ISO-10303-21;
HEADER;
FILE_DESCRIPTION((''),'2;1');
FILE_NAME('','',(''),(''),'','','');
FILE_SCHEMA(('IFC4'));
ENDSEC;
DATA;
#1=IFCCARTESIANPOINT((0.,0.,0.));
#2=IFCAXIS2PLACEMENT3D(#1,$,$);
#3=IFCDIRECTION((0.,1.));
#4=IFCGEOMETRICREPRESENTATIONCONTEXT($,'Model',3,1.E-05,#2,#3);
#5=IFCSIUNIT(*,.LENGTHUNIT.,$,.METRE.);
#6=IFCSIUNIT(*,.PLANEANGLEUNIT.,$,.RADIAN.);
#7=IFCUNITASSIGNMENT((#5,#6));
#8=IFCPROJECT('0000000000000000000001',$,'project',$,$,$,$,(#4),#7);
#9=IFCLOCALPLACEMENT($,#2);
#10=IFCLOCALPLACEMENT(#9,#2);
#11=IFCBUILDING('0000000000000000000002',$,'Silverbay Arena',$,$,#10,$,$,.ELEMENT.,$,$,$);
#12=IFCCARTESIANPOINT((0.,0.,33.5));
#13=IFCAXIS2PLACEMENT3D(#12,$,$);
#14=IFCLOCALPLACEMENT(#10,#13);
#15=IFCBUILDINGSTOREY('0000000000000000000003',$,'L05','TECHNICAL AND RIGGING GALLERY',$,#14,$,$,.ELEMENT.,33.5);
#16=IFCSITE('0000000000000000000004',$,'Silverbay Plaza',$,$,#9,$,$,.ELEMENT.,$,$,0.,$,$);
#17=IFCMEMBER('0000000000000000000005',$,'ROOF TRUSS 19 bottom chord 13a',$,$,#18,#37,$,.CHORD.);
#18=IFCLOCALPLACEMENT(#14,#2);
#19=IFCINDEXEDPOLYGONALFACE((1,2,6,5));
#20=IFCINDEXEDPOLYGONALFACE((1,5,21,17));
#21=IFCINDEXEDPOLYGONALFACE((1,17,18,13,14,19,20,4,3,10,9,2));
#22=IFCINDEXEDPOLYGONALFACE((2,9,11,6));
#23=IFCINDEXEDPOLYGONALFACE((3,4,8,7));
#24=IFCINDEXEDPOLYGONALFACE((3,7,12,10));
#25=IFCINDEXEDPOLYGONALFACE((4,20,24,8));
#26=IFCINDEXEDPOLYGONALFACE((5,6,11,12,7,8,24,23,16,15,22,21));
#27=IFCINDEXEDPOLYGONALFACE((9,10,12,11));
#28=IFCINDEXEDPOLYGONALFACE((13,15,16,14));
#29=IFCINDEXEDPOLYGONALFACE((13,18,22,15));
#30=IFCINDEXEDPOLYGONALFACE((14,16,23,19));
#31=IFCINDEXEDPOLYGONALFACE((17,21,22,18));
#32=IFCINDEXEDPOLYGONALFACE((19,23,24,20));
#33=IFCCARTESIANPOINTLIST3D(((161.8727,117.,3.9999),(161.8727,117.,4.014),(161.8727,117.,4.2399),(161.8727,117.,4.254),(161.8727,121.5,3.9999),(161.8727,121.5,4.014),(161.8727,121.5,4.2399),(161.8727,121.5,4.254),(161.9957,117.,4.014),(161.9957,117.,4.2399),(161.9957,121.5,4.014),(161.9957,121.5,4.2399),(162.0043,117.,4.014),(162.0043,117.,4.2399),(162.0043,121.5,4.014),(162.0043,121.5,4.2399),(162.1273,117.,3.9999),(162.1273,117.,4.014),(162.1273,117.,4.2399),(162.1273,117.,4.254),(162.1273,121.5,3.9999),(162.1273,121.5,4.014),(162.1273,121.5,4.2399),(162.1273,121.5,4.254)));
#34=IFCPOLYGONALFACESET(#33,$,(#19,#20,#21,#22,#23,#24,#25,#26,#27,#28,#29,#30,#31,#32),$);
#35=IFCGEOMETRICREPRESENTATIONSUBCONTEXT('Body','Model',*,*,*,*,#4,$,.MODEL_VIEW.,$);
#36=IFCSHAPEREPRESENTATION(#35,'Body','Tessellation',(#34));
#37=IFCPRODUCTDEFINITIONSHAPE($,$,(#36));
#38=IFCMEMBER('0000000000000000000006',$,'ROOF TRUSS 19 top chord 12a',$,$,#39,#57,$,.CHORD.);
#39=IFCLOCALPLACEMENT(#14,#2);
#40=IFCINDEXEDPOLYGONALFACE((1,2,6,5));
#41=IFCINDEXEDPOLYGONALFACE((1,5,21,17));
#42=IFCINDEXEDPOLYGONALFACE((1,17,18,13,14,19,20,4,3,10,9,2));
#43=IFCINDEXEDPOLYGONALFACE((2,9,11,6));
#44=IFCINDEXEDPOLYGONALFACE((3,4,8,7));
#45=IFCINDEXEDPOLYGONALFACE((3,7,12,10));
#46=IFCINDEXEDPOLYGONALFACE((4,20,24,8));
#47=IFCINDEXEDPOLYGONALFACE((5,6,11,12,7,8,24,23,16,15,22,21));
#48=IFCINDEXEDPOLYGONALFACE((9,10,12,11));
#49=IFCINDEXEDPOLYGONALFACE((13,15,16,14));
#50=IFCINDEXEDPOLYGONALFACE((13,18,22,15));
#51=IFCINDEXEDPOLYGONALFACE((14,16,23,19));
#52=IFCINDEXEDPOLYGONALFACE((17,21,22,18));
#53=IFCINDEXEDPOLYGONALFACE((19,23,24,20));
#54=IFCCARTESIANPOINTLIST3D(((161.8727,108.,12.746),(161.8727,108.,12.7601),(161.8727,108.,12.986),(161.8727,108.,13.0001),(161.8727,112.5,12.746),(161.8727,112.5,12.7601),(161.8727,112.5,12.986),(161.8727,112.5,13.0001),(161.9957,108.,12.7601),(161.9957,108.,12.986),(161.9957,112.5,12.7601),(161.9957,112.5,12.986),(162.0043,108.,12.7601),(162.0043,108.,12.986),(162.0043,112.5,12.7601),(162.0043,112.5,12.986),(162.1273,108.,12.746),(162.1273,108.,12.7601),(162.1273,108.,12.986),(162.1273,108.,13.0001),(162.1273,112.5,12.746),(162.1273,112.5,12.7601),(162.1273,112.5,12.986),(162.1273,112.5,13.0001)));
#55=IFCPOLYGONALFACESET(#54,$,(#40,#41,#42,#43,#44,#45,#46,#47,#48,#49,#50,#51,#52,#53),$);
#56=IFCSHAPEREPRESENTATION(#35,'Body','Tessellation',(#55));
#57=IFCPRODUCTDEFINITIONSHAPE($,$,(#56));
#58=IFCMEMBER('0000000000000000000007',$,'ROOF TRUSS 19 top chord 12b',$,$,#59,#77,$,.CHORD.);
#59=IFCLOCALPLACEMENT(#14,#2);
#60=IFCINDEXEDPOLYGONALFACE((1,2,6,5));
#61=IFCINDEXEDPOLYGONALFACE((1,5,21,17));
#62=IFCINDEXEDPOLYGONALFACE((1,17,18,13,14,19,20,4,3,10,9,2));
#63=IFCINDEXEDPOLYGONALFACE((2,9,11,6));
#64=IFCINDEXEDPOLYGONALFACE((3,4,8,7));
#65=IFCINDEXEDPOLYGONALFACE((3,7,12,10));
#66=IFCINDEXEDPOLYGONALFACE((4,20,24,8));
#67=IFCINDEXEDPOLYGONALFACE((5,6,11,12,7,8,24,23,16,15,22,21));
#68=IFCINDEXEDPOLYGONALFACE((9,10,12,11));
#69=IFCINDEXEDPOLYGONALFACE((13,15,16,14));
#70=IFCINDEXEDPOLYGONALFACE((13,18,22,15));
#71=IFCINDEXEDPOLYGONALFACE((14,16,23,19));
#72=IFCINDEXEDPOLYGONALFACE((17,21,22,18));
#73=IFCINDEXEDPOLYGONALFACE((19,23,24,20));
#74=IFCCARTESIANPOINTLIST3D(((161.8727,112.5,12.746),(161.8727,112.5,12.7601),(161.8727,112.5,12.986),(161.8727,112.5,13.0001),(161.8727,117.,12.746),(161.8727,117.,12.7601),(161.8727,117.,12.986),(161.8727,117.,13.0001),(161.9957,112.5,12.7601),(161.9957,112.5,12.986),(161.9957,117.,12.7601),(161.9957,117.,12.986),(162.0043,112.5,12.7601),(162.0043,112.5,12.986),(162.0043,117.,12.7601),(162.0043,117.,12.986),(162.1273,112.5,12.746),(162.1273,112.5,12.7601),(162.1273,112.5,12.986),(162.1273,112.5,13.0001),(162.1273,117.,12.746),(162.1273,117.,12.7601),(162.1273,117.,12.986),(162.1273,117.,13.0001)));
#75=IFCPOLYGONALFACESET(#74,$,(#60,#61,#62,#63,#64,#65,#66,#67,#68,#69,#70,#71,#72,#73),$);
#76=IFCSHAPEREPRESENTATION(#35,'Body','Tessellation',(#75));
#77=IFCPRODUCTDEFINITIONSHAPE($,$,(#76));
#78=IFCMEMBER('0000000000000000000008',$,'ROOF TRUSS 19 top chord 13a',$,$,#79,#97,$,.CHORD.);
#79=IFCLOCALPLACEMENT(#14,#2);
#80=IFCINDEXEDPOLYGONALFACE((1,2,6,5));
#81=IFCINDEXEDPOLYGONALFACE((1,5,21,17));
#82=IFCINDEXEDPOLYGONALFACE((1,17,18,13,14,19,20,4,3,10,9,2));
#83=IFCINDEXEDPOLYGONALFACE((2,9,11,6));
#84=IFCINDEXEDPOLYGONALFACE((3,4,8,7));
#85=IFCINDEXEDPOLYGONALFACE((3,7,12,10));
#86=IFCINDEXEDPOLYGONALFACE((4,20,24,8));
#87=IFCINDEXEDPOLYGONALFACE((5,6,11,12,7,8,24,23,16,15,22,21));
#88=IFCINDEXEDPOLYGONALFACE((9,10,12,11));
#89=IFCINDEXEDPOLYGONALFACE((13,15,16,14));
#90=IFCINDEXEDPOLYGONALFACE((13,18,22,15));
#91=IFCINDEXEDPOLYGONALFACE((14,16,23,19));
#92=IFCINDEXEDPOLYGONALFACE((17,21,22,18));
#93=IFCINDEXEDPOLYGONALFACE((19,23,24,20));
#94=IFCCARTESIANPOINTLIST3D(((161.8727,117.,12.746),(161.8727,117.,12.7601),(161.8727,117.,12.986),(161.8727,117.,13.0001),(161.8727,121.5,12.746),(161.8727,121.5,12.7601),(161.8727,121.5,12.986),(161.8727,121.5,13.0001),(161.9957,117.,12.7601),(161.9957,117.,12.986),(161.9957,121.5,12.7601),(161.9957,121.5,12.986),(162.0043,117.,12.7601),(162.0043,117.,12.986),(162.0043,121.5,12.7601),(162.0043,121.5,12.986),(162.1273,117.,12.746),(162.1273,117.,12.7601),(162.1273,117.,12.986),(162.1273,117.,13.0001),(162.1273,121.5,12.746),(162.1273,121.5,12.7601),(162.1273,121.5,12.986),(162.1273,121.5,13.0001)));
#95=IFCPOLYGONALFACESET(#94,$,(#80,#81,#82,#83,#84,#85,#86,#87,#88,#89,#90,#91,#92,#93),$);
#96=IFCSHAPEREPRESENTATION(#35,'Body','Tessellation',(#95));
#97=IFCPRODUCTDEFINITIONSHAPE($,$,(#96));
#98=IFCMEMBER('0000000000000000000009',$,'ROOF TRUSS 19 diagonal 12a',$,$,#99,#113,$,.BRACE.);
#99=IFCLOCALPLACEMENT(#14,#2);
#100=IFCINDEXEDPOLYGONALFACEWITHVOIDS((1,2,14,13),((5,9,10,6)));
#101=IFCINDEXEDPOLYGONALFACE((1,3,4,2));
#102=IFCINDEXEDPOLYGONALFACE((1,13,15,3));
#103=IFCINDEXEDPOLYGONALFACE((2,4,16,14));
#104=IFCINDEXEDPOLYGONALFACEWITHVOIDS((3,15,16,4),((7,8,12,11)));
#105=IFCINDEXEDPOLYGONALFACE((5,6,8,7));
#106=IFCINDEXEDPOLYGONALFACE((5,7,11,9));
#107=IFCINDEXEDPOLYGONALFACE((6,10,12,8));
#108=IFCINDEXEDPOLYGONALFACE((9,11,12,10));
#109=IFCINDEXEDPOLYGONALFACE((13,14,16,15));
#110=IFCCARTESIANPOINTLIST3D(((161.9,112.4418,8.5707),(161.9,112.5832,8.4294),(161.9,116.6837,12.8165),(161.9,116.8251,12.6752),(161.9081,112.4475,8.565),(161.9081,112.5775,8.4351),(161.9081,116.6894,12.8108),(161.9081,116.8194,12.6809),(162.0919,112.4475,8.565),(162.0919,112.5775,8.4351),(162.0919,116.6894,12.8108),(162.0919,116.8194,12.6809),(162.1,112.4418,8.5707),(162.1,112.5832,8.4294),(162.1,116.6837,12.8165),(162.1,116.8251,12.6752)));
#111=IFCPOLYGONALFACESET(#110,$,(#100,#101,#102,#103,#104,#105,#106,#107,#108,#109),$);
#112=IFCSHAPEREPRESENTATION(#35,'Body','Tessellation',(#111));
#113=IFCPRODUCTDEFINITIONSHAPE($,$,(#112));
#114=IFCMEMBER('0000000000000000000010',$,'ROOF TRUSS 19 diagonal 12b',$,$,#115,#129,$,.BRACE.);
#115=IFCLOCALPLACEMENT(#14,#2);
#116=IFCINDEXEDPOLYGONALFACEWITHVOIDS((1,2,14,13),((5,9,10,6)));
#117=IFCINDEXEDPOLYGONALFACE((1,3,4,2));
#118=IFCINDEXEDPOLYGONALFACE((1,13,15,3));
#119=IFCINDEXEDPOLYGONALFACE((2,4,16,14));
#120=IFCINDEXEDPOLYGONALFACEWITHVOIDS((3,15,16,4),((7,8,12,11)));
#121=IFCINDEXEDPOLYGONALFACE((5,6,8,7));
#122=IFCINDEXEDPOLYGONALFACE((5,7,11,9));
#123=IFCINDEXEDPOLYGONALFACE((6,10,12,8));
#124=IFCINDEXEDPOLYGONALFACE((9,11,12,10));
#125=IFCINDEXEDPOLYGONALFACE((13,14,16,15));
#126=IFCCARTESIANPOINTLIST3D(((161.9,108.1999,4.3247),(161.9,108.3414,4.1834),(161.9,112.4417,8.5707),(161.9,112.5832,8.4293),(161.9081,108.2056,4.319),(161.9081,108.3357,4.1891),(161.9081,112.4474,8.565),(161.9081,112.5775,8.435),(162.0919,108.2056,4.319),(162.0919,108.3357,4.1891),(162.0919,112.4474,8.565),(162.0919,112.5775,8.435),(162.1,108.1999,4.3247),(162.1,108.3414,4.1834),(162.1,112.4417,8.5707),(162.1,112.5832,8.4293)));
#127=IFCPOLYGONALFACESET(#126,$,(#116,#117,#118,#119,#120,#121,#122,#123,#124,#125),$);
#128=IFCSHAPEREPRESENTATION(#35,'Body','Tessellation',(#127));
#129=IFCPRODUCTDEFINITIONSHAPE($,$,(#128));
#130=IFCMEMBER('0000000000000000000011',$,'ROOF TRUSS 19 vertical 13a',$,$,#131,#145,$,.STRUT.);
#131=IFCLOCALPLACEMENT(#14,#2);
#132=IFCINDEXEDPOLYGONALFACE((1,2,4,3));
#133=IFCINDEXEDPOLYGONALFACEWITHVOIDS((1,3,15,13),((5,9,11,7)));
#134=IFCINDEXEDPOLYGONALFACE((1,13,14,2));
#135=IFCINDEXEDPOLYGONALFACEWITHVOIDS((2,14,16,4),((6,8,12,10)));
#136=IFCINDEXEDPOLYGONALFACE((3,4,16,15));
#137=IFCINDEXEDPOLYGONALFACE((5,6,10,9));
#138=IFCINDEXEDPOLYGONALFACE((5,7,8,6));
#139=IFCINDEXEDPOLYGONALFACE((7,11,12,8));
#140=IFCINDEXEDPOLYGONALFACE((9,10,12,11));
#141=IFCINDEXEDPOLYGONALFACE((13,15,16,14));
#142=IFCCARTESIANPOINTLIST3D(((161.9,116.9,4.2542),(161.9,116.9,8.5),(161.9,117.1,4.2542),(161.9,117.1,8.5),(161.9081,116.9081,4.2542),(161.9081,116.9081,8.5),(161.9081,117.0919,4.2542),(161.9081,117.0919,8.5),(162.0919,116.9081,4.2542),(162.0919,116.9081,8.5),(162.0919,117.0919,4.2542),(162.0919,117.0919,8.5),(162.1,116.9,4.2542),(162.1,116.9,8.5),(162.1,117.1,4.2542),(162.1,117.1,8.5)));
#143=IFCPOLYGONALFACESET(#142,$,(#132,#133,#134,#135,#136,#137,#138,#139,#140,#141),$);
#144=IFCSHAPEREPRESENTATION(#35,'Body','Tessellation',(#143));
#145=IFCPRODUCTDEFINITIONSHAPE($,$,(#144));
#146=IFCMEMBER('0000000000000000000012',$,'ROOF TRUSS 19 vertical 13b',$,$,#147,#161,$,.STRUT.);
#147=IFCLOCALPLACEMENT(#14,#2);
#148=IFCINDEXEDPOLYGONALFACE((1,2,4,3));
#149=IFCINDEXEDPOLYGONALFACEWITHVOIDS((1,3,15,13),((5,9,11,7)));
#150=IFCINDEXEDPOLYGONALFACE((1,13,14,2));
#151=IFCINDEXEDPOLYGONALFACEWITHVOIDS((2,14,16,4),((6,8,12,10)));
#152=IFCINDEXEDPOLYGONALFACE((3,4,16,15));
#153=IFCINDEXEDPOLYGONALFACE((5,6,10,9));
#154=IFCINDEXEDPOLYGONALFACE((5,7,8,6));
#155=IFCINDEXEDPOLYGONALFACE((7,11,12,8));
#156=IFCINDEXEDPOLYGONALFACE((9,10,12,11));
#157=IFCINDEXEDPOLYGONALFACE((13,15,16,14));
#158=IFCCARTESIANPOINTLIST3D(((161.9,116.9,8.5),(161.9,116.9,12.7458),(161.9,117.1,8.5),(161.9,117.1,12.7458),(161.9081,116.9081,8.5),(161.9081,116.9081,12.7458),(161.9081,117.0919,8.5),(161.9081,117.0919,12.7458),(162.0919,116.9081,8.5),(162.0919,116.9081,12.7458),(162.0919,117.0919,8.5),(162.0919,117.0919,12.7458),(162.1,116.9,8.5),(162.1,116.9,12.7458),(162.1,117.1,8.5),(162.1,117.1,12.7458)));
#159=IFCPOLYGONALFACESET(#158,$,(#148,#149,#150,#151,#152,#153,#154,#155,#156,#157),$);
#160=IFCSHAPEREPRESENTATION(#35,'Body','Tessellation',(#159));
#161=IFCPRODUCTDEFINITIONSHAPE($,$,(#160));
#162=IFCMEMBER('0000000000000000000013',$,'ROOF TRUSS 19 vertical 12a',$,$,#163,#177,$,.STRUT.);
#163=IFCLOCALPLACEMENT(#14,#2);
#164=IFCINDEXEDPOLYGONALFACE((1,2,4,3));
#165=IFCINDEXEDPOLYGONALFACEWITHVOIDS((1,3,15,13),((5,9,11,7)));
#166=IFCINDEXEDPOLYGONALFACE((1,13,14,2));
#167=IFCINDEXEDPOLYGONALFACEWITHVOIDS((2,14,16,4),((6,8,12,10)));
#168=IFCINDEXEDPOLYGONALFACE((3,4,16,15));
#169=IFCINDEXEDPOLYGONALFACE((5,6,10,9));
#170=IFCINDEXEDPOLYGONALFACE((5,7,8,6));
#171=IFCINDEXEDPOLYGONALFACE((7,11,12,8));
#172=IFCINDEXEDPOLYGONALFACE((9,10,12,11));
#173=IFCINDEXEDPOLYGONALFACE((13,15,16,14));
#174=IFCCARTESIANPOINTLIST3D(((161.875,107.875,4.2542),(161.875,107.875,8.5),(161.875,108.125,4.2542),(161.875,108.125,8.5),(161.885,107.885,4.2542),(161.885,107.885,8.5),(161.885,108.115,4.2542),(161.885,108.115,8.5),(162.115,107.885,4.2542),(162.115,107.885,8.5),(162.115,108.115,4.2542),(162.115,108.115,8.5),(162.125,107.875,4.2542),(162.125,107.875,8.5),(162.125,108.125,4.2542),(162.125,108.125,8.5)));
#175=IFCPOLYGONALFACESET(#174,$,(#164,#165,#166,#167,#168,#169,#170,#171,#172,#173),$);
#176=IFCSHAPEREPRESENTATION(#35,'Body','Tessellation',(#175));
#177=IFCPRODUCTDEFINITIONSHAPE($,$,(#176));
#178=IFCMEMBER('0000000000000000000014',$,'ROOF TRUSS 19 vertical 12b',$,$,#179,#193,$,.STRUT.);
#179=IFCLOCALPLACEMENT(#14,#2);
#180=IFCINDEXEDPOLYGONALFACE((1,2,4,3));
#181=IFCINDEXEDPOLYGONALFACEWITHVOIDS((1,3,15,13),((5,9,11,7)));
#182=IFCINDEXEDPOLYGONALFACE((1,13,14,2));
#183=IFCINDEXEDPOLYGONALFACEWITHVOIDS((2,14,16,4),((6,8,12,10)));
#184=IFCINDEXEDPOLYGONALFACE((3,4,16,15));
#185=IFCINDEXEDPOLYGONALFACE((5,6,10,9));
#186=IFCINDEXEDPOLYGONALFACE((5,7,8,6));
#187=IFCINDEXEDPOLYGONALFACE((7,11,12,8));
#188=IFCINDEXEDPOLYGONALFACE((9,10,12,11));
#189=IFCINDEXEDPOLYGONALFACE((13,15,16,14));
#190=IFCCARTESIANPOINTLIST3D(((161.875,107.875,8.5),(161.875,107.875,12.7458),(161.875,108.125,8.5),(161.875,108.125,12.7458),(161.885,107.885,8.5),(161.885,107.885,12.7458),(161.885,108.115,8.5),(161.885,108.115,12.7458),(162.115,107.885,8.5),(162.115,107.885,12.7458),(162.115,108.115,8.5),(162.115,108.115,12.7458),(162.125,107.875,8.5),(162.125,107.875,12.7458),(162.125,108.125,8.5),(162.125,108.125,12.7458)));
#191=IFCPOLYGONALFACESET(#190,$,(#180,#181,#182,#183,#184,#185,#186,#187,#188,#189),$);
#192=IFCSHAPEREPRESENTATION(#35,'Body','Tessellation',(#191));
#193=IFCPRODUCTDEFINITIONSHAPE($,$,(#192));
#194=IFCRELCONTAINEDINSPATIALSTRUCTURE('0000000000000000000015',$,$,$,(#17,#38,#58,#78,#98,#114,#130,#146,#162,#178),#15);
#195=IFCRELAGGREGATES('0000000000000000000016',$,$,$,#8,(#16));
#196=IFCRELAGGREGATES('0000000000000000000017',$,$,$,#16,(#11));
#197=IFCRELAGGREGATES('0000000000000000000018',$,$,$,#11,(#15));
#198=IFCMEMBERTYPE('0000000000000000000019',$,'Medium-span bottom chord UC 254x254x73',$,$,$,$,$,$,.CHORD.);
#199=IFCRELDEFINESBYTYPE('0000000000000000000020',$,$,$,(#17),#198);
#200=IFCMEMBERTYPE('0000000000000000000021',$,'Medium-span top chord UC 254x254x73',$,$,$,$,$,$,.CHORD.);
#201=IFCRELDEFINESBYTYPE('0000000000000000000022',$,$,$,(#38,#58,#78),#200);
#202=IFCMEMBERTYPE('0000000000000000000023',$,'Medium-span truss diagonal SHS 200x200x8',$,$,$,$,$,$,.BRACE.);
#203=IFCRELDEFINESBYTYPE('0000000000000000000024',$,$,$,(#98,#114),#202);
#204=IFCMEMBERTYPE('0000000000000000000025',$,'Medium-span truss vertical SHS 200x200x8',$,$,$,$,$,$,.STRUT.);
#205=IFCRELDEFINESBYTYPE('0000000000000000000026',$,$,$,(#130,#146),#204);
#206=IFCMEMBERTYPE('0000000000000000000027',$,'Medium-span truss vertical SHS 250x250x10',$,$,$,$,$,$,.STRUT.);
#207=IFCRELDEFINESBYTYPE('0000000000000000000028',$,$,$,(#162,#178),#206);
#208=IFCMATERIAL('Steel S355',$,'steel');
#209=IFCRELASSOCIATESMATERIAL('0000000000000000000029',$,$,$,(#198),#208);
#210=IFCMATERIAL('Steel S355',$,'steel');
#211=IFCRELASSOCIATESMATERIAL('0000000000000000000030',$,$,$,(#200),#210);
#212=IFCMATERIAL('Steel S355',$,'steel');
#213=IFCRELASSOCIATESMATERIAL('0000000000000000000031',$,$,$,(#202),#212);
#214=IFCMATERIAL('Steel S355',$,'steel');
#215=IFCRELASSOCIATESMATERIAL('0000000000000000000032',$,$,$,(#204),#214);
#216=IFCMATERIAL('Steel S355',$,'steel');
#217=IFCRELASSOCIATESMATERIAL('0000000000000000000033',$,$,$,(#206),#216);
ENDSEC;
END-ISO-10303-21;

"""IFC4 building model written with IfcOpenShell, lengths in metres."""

from ifc_helpers import new_model, si_unit, direction, frame, origin, origin_2d, place, context, subcontext, project, spatial, hollow_rectangle, i_section, extrude, material, material_profile, profile_set, type_object, element, save


model = new_model("IFC4")

# Units and contexts
model_context = context("Model", 3, precision=1e-05, world=origin(), true_north=direction((0.0, 1.0)))
body_context = subcontext(model_context, "Body", "Model", "MODEL_VIEW")
ifc_project = project(units=[si_unit("LENGTHUNIT", "METRE"), si_unit("PLANEANGLEUNIT", "RADIAN")], contexts=[model_context])

# Site, building, storey
site_placement = place(None, origin())
site = spatial("IfcSite", under=ifc_project, at=site_placement, Name="Silverbay Plaza", CompositionType="ELEMENT", RefElevation=0.0)
building_placement = place(site_placement, origin())
building = spatial("IfcBuilding", under=site, at=building_placement, Name="Silverbay Arena", CompositionType="ELEMENT")
storey_placement = place(building_placement, frame((0.0, 0.0, 33.5)))
storey = spatial("IfcBuildingStorey", under=building, at=storey_placement, Name="L05", Description="TECHNICAL AND RIGGING GALLERY", CompositionType="ELEMENT", Elevation=33.5)

# Members
ifc_material_1 = material(Name="Steel S355", Category="steel")
ifc_material_profile_1 = material_profile(ifc_material_1, i_section(OverallWidth=0.2546, OverallDepth=0.2542, WebThickness=0.0085, FlangeThickness=0.0142, at=origin_2d()), Name="UC 254x254x73")
ifc_profile_set_1 = profile_set([ifc_material_profile_1], Name="Steel S355")
member_type_1 = type_object("IfcMemberType", Name="Medium-span bottom chord UC 254x254x73", PredefinedType="CHORD", material=ifc_profile_set_1)
for number, where, z_axis, x_axis, name in (
    (1, (162.0, 117.0, 4.127), (0.0, 1.0, 0.0), (-1.0, 0.0, 0.0), "ROOF TRUSS 19 bottom chord 13a"),
):
    element("IfcMember", number, at=place(storey_placement, frame(where, z_axis=z_axis, x_axis=x_axis)), inside=storey, type_object=member_type_1, Name=name, PredefinedType="CHORD", context=body_context, shape_type="SweptSolid", body=[
        extrude(i_section(OverallWidth=0.2546, OverallDepth=0.2542, WebThickness=0.0085, FlangeThickness=0.0142, at=origin_2d()), origin(), (0.0, 0.0, 1.0), 4.5),
    ])
ifc_material_2 = material(Name="Steel S355", Category="steel")
ifc_material_profile_2 = material_profile(ifc_material_2, i_section(OverallWidth=0.2546, OverallDepth=0.2542, WebThickness=0.0085, FlangeThickness=0.0142, at=origin_2d()), Name="UC 254x254x73")
ifc_profile_set_2 = profile_set([ifc_material_profile_2], Name="Steel S355")
member_type_2 = type_object("IfcMemberType", Name="Medium-span top chord UC 254x254x73", PredefinedType="CHORD", material=ifc_profile_set_2)
for number, where, z_axis, x_axis, name in (
    (2, (162.0, 108.0, 12.873), (0.0, 1.0, 0.0), (-1.0, 0.0, 0.0), "ROOF TRUSS 19 top chord 12a"),
    (3, (162.0, 112.5, 12.873), (0.0, 1.0, 0.0), (-1.0, 0.0, 0.0), "ROOF TRUSS 19 top chord 12b"),
    (4, (162.0, 117.0, 12.873), (0.0, 1.0, 0.0), (-1.0, 0.0, 0.0), "ROOF TRUSS 19 top chord 13a"),
):
    element("IfcMember", number, at=place(storey_placement, frame(where, z_axis=z_axis, x_axis=x_axis)), inside=storey, type_object=member_type_2, Name=name, PredefinedType="CHORD", context=body_context, shape_type="SweptSolid", body=[
        extrude(i_section(OverallWidth=0.2546, OverallDepth=0.2542, WebThickness=0.0085, FlangeThickness=0.0142, at=origin_2d()), origin(), (0.0, 0.0, 1.0), 4.5),
    ])
ifc_material_3 = material(Name="Steel S355", Category="steel")
ifc_material_profile_3 = material_profile(ifc_material_3, hollow_rectangle(XDim=0.2, YDim=0.2, WallThickness=0.0081, at=origin_2d()), Name="SHS 200x200x8")
ifc_profile_set_3 = profile_set([ifc_material_profile_3], Name="Steel S355")
member_type_3 = type_object("IfcMemberType", Name="Medium-span truss diagonal SHS 200x200x8", PredefinedType="BRACE", material=ifc_profile_set_3)
for number, where, z_axis, x_axis, name in (
    (5, (162.0, 116.7544, 12.7458), (0.0, -0.706781, -0.707432), (1.0, 0.0, 0.0), "ROOF TRUSS 19 diagonal 12a"),
    (6, (162.0, 112.5125, 8.5), (0.0, -0.706761, -0.707452), (1.0, 0.0, 0.0), "ROOF TRUSS 19 diagonal 12b"),
):
    element("IfcMember", number, at=place(storey_placement, frame(where, z_axis=z_axis, x_axis=x_axis)), inside=storey, type_object=member_type_3, Name=name, PredefinedType="BRACE", context=body_context, shape_type="SweptSolid", body=[
        extrude(hollow_rectangle(XDim=0.2, YDim=0.2, WallThickness=0.0081, at=origin_2d()), origin(), (0.0, 0.0, 1.0), 6.0017),
    ])
ifc_material_4 = material(Name="Steel S355", Category="steel")
ifc_material_profile_4 = material_profile(ifc_material_4, hollow_rectangle(XDim=0.2, YDim=0.2, WallThickness=0.0081, at=origin_2d()), Name="SHS 200x200x8")
ifc_profile_set_4 = profile_set([ifc_material_profile_4], Name="Steel S355")
member_type_4 = type_object("IfcMemberType", Name="Medium-span truss vertical SHS 200x200x8", PredefinedType="STRUT", material=ifc_profile_set_4)
for number, where, z_axis, x_axis, name in (
    (7, (162.0, 117.0, 4.2542), (0.0, 0.0, 1.0), (1.0, 0.0, 0.0), "ROOF TRUSS 19 vertical 13a"),
    (8, (162.0, 117.0, 8.5), (0.0, 0.0, 1.0), (1.0, 0.0, 0.0), "ROOF TRUSS 19 vertical 13b"),
):
    element("IfcMember", number, at=place(storey_placement, frame(where, z_axis=z_axis, x_axis=x_axis)), inside=storey, type_object=member_type_4, Name=name, PredefinedType="STRUT", context=body_context, shape_type="SweptSolid", body=[
        extrude(hollow_rectangle(XDim=0.2, YDim=0.2, WallThickness=0.0081, at=origin_2d()), origin(), (0.0, 0.0, 1.0), 4.2458),
    ])
ifc_material_5 = material(Name="Steel S355", Category="steel")
ifc_material_profile_5 = material_profile(ifc_material_5, hollow_rectangle(XDim=0.25, YDim=0.25, WallThickness=0.01, at=origin_2d()), Name="SHS 250x250x10")
ifc_profile_set_5 = profile_set([ifc_material_profile_5], Name="Steel S355")
member_type_5 = type_object("IfcMemberType", Name="Medium-span truss vertical SHS 250x250x10", PredefinedType="STRUT", material=ifc_profile_set_5)
for number, where, z_axis, x_axis, name in (
    (9, (162.0, 108.0, 4.2542), (0.0, 0.0, 1.0), (1.0, 0.0, 0.0), "ROOF TRUSS 19 vertical 12a"),
    (10, (162.0, 108.0, 8.5), (0.0, 0.0, 1.0), (1.0, 0.0, 0.0), "ROOF TRUSS 19 vertical 12b"),
):
    element("IfcMember", number, at=place(storey_placement, frame(where, z_axis=z_axis, x_axis=x_axis)), inside=storey, type_object=member_type_5, Name=name, PredefinedType="STRUT", context=body_context, shape_type="SweptSolid", body=[
        extrude(hollow_rectangle(XDim=0.25, YDim=0.25, WallThickness=0.01, at=origin_2d()), origin(), (0.0, 0.0, 1.0), 4.2458),
    ])

save(model, "model.ifc")
